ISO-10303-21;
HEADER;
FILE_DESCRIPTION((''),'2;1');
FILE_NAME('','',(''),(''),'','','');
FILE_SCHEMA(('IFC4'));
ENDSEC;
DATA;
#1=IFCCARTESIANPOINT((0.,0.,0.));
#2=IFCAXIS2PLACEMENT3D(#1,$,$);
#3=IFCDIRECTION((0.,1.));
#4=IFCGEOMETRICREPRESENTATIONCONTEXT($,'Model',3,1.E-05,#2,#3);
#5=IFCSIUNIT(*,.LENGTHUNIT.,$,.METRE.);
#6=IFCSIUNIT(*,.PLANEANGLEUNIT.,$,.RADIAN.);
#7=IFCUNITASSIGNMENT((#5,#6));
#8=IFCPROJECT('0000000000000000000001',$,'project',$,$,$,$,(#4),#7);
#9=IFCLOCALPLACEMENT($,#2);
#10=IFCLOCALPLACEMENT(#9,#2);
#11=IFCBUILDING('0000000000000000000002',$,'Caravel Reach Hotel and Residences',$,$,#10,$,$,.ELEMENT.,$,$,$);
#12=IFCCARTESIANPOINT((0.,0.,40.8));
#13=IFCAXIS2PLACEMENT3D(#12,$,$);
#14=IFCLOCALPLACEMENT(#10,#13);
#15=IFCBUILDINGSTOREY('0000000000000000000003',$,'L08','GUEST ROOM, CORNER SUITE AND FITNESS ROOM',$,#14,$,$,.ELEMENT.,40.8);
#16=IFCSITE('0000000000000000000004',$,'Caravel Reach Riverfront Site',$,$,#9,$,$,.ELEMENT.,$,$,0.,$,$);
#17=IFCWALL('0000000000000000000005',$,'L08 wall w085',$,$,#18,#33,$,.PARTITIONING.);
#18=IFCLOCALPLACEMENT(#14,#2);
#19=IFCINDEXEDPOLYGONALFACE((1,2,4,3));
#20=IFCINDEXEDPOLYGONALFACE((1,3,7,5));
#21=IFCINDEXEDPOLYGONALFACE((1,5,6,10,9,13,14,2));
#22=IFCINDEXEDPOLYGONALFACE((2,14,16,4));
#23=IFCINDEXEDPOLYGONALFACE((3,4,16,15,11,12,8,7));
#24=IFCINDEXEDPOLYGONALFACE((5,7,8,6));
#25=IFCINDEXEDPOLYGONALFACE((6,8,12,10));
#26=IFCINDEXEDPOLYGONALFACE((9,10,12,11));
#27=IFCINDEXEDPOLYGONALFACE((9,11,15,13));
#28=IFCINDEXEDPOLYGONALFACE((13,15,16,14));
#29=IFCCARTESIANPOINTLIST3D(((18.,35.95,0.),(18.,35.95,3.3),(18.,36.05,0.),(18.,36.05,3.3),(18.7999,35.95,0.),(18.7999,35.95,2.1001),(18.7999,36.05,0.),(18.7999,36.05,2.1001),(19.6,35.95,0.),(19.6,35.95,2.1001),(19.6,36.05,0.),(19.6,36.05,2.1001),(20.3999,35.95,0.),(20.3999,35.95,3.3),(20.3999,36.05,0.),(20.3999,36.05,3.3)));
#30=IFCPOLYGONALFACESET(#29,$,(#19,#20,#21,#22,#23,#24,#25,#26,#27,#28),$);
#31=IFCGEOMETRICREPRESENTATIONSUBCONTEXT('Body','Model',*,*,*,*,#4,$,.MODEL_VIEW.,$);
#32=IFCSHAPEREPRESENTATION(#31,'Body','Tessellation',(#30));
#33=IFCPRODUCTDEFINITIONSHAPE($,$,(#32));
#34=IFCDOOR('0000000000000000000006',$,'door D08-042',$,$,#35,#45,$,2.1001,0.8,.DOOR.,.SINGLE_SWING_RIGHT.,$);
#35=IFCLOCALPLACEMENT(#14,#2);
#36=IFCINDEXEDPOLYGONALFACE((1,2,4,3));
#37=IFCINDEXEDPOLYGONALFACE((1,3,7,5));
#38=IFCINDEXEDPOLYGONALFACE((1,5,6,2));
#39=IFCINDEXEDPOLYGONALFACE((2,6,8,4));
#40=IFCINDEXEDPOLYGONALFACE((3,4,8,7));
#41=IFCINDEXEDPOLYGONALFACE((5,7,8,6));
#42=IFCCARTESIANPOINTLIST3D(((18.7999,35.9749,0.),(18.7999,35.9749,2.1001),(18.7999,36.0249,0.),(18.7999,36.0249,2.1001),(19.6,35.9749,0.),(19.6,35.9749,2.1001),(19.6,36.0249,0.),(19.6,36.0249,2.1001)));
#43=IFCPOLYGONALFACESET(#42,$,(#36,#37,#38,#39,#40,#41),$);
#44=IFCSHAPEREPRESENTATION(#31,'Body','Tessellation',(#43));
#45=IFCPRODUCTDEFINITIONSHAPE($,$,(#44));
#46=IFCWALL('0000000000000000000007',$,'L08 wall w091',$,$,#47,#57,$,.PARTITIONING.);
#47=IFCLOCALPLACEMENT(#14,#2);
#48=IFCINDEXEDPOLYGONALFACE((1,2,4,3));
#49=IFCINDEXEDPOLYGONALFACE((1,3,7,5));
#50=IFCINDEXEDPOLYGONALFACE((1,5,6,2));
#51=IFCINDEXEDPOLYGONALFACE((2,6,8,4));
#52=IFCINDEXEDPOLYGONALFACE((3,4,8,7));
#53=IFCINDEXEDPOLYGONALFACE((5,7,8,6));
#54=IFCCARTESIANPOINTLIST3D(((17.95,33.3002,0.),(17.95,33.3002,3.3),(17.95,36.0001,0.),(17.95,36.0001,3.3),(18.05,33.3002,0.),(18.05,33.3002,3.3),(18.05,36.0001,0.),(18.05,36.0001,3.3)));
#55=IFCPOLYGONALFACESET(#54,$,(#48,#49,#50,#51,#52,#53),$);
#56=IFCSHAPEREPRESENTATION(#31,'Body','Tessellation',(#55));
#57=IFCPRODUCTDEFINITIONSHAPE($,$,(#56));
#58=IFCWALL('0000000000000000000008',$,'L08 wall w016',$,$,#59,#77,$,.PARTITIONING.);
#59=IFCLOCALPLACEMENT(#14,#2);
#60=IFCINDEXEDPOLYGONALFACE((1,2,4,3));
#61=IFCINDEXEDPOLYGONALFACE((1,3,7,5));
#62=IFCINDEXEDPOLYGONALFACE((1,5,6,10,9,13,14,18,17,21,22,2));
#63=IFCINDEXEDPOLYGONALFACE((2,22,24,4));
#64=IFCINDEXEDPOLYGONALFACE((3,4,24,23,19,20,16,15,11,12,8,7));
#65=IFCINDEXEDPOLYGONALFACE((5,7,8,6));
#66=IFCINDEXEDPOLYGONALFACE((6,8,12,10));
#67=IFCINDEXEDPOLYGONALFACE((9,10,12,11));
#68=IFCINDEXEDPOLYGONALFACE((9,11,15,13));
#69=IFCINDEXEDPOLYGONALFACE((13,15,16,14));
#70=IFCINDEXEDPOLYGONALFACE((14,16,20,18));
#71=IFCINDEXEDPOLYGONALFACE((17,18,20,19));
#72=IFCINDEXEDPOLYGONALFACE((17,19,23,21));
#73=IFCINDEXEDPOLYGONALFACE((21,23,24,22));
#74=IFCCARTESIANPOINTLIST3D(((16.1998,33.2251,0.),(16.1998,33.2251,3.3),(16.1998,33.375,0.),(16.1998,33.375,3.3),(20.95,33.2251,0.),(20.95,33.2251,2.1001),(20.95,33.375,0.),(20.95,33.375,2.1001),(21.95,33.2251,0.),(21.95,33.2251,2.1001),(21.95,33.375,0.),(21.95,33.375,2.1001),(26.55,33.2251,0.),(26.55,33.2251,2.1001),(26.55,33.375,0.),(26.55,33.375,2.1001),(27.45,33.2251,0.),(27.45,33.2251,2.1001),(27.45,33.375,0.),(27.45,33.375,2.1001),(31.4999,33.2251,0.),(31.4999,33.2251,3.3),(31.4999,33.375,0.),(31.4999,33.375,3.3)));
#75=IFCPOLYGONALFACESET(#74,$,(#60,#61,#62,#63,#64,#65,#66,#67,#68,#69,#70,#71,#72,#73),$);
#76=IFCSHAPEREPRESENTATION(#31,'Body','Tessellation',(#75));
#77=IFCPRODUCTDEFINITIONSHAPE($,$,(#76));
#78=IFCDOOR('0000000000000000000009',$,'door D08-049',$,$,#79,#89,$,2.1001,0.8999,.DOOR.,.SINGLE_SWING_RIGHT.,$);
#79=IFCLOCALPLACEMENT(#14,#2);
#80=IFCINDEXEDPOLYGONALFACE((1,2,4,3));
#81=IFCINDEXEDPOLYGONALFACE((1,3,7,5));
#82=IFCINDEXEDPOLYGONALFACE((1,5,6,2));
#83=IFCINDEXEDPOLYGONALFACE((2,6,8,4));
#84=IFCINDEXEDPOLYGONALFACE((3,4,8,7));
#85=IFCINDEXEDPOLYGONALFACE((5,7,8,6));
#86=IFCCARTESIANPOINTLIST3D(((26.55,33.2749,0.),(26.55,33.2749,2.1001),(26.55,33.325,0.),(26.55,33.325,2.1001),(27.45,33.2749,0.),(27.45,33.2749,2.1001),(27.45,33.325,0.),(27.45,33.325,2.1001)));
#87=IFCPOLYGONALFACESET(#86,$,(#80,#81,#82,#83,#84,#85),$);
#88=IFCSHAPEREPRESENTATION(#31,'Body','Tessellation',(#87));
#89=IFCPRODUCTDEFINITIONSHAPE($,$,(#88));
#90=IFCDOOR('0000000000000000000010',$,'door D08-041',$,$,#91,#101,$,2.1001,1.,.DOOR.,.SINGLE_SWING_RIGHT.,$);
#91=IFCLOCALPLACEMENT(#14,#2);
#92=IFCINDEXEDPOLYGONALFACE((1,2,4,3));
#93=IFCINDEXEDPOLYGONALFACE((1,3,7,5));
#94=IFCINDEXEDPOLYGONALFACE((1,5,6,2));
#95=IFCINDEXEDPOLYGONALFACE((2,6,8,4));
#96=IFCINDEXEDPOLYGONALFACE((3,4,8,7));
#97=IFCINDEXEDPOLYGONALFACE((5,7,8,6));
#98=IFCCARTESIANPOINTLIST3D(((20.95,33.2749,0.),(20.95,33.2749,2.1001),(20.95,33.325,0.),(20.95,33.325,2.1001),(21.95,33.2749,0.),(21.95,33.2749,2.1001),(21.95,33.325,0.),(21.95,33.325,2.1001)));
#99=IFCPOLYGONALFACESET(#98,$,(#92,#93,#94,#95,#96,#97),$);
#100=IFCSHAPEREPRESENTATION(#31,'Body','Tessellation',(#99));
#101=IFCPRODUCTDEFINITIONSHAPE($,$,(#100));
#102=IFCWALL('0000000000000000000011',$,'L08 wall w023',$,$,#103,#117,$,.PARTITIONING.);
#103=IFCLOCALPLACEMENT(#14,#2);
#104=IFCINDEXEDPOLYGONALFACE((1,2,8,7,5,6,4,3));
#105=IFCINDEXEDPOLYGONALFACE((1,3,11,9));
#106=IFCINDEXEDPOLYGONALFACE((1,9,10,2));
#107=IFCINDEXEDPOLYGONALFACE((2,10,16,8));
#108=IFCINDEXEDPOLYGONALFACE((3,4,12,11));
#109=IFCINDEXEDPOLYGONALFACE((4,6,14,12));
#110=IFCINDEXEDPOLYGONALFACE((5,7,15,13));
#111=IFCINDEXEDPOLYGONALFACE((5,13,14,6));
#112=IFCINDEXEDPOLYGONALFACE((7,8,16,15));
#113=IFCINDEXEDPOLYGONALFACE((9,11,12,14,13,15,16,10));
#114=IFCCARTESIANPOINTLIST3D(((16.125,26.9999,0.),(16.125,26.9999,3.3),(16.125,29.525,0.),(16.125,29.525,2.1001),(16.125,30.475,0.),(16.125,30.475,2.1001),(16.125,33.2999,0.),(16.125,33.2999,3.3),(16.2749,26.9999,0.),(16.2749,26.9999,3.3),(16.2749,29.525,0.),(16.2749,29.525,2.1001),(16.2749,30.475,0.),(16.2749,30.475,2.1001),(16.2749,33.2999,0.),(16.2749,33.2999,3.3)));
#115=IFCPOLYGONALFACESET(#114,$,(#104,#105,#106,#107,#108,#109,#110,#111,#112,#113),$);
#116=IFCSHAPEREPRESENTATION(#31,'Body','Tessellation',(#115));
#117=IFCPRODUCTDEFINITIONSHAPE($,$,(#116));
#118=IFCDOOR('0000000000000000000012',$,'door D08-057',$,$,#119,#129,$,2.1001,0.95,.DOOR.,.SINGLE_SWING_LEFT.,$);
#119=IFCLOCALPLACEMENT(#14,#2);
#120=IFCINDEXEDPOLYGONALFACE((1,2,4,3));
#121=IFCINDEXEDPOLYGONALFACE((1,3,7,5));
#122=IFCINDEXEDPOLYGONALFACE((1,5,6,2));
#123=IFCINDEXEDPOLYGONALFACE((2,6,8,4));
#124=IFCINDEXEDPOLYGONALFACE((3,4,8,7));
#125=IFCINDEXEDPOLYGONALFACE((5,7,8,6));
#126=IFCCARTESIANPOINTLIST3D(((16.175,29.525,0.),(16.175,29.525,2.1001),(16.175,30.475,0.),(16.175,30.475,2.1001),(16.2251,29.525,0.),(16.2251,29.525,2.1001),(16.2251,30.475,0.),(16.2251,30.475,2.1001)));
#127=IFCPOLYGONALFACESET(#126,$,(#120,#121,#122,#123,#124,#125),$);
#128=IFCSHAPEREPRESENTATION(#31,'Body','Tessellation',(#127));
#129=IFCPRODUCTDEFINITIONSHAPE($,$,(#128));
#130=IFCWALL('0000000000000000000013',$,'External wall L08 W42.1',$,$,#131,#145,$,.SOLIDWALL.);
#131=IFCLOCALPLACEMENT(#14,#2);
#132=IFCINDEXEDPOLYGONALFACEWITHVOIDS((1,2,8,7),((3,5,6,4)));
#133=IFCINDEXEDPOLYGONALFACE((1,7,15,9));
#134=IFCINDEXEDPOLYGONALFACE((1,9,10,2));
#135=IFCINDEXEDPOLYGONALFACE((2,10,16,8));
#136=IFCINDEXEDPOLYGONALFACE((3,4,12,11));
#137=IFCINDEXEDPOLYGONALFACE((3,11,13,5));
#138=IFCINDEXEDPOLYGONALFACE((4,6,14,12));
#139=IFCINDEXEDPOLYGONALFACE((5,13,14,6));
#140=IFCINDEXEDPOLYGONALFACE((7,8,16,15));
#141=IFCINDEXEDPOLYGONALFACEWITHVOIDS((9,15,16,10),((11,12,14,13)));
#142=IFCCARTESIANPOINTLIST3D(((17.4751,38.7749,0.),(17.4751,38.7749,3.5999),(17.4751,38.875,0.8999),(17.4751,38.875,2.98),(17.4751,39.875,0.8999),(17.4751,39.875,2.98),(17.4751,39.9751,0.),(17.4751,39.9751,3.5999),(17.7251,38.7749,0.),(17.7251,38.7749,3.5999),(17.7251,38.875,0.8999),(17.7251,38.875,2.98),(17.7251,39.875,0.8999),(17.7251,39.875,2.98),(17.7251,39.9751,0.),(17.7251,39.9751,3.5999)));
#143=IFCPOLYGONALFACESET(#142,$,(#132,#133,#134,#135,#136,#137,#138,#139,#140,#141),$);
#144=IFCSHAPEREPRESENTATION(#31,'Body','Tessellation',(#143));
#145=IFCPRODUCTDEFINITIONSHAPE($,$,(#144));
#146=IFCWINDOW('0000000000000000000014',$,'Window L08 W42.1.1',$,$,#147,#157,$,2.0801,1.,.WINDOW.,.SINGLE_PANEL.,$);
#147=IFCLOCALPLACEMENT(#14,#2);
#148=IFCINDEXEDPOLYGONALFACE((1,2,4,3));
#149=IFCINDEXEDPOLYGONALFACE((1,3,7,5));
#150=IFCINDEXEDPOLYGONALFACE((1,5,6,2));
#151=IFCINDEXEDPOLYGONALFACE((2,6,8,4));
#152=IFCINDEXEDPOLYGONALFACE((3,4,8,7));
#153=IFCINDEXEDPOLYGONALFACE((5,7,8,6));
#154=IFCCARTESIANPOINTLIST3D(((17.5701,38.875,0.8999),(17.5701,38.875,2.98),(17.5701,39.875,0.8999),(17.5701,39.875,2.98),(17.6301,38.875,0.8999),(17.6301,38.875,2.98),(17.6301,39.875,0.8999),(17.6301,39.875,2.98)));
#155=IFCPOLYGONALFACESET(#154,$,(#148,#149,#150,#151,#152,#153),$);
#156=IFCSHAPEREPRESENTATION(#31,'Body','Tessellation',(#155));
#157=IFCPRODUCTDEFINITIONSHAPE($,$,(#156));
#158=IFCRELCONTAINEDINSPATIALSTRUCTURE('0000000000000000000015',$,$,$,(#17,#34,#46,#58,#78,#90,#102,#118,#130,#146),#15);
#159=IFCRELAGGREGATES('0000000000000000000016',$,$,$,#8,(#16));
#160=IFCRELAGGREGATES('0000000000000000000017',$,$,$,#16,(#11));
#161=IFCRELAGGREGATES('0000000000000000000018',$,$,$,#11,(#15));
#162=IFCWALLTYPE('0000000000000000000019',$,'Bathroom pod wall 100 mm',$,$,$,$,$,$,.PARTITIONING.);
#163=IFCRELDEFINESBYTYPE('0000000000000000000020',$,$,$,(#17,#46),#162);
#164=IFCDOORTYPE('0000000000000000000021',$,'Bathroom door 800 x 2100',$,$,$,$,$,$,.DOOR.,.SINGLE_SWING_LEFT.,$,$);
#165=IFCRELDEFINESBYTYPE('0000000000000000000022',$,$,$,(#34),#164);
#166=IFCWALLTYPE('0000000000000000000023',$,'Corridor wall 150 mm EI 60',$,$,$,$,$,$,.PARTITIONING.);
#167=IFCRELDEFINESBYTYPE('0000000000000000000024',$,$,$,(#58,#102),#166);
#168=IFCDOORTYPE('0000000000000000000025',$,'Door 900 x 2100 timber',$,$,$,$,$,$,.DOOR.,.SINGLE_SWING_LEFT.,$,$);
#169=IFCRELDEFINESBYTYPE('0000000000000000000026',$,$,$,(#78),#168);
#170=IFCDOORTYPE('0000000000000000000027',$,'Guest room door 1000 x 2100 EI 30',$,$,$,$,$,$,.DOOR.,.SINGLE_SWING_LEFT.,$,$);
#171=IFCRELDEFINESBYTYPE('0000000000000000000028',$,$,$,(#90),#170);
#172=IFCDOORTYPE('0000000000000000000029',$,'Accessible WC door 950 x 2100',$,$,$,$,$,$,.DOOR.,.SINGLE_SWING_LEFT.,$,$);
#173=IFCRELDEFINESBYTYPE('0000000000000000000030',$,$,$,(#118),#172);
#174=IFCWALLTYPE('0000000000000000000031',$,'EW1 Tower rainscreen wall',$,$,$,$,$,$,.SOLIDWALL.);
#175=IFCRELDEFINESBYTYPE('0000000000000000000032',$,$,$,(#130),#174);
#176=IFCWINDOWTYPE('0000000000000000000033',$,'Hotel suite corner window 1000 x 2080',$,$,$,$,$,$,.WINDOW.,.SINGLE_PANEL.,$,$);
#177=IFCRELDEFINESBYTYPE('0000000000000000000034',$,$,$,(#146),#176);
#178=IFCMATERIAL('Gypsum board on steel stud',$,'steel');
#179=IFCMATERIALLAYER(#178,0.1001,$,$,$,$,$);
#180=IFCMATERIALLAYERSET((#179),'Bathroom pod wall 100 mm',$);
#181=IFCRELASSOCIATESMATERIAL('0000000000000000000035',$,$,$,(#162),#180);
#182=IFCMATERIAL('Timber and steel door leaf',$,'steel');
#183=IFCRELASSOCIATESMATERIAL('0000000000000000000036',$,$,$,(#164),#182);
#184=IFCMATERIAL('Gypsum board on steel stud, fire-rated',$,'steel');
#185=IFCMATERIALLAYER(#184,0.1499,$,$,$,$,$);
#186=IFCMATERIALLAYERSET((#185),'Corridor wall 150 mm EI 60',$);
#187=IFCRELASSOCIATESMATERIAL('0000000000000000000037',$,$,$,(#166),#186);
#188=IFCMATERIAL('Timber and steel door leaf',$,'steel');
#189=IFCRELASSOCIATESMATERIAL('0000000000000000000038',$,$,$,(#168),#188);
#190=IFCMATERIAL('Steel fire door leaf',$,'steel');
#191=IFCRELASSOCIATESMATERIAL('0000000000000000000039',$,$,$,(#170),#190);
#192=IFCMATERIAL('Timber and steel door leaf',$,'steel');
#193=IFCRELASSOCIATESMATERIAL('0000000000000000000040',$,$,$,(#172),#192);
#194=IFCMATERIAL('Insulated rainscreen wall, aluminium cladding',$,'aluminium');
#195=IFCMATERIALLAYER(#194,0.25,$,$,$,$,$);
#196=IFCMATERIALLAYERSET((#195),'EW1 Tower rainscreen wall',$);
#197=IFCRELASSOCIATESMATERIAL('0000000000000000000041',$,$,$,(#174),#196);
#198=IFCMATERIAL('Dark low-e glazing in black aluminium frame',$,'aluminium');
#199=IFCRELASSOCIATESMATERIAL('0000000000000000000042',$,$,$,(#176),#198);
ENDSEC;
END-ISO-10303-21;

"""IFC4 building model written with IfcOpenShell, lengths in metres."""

from ifc_helpers import new_model, si_unit, direction, frame, frame_2d, origin, place, context, subcontext, project, spatial, rectangle, extrude, material, layer, layer_set, type_object, element, fill, save


model = new_model("IFC4")

# Units and contexts
model_context = context("Model", 3, precision=1e-05, world=origin(), true_north=direction((0.0, 1.0)))
body_context = subcontext(model_context, "Body", "Model", "MODEL_VIEW")
ifc_project = project(units=[si_unit("LENGTHUNIT", "METRE"), si_unit("PLANEANGLEUNIT", "RADIAN")], contexts=[model_context])

# Site, building, storey
site_placement = place(None, origin())
site = spatial("IfcSite", under=ifc_project, at=site_placement, Name="Caravel Reach Riverfront Site", CompositionType="ELEMENT", RefElevation=0.0)
building_placement = place(site_placement, origin())
building = spatial("IfcBuilding", under=site, at=building_placement, Name="Caravel Reach Hotel and Residences", CompositionType="ELEMENT")
storey_placement = place(building_placement, frame((0.0, 0.0, 40.8)))
storey = spatial("IfcBuildingStorey", under=building, at=storey_placement, Name="L08", Description="GUEST ROOM, CORNER SUITE AND FITNESS ROOM", CompositionType="ELEMENT", Elevation=40.8)

# Wall, opening, door
ifc_material_1 = material(Name="Gypsum board on steel stud", Category="steel")
ifc_layer_1 = layer(ifc_material_1, 0.1001)
ifc_layer_set_1 = layer_set([ifc_layer_1], Name="Bathroom pod wall 100 mm")
wall_type_1 = type_object("IfcWallType", Name="Bathroom pod wall 100 mm", PredefinedType="PARTITIONING", material=ifc_layer_set_1)
wall_1_placement = place(storey_placement, frame((18.0, 36.0, 0.0), z_axis=(0.0, 0.0, 1.0), x_axis=(1.0, 0.0, 0.0)))
wall_1 = element("IfcWall", 1, at=wall_1_placement, inside=storey, type_object=wall_type_1, Name="L08 wall w085", PredefinedType="PARTITIONING", context=body_context, shape_type="SweptSolid", body=[
    extrude(rectangle(XDim=2.3999, YDim=0.1001, at=frame_2d((1.2, 0.0))), origin(), (0.0, 0.0, 1.0), 3.3),
])
opening_1_placement = place(wall_1_placement, frame((0.8, 0.0, 0.0)))
opening_1 = element("IfcOpeningElement", 2, at=opening_1_placement, cuts=wall_1, PredefinedType="OPENING", context=body_context, shape_type="SweptSolid", body=[
    extrude(rectangle(XDim=0.8, YDim=2.1001, at=frame_2d((0.3999, 1.05))), frame((0.0, 0.0601, 0.0), z_axis=(0.0, -1.0, 0.0), x_axis=(1.0, 0.0, 0.0)), (0.0, 0.0, 1.0), 0.1201),
])
ifc_material_2 = material(Name="Timber and steel door leaf", Category="steel")
door_type_1 = type_object("IfcDoorType", Name="Bathroom door 800 x 2100", OperationType="SINGLE_SWING_LEFT", PredefinedType="DOOR", material=ifc_material_2)
door_1_placement = place(opening_1_placement, origin())
door_1 = element("IfcDoor", 3, at=door_1_placement, inside=storey, type_object=door_type_1, Name="door D08-042", OperationType="SINGLE_SWING_RIGHT", OverallHeight=2.1001, OverallWidth=0.8, PredefinedType="DOOR", context=body_context, shape_type="SweptSolid", body=[
    extrude(rectangle(XDim=0.8, YDim=2.1001, at=frame_2d((0.3999, 1.05))), frame((0.0, 0.0249, 0.0), z_axis=(0.0, -1.0, 0.0), x_axis=(1.0, 0.0, 0.0)), (0.0, 0.0, 1.0), 0.05),
])
fill(opening_1, door_1)

# Wall
wall_2_placement = place(storey_placement, frame((18.0, 33.3, 0.0), z_axis=(0.0, 0.0, 1.0), x_axis=(0.0, 1.0, 0.0)))
element("IfcWall", 4, at=wall_2_placement, inside=storey, type_object=wall_type_1, Name="L08 wall w091", PredefinedType="PARTITIONING", context=body_context, shape_type="SweptSolid", body=[
    extrude(rectangle(XDim=2.7, YDim=0.1001, at=frame_2d((1.3501, 0.0))), origin(), (0.0, 0.0, 1.0), 3.3),
])

# Wall, openings, doors
ifc_material_3 = material(Name="Gypsum board on steel stud, fire-rated", Category="steel")
ifc_layer_2 = layer(ifc_material_3, 0.1499)
ifc_layer_set_2 = layer_set([ifc_layer_2], Name="Corridor wall 150 mm EI 60")
wall_type_2 = type_object("IfcWallType", Name="Corridor wall 150 mm EI 60", PredefinedType="PARTITIONING", material=ifc_layer_set_2)
wall_3_placement = place(storey_placement, frame((16.2, 33.3, 0.0), z_axis=(0.0, 0.0, 1.0), x_axis=(1.0, 0.0, 0.0)))
wall_3 = element("IfcWall", 5, at=wall_3_placement, inside=storey, type_object=wall_type_2, Name="L08 wall w016", PredefinedType="PARTITIONING", context=body_context, shape_type="SweptSolid", body=[
    extrude(rectangle(XDim=15.3, YDim=0.1499, at=frame_2d((7.6499, 0.0))), origin(), (0.0, 0.0, 1.0), 3.3),
])
opening_2_placement = place(wall_3_placement, frame((4.75, 0.0, 0.0)))
opening_2 = element("IfcOpeningElement", 6, at=opening_2_placement, cuts=wall_3, PredefinedType="OPENING", context=body_context, shape_type="SweptSolid", body=[
    extrude(rectangle(XDim=1.0, YDim=2.1001, at=frame_2d((0.5, 1.05))), frame((0.0, 0.085, 0.0), z_axis=(0.0, -1.0, 0.0), x_axis=(1.0, 0.0, 0.0)), (0.0, 0.0, 1.0), 0.1699),
])
opening_3_placement = place(wall_3_placement, frame((10.3501, 0.0, 0.0)))
opening_3 = element("IfcOpeningElement", 7, at=opening_3_placement, cuts=wall_3, PredefinedType="OPENING", context=body_context, shape_type="SweptSolid", body=[
    extrude(rectangle(XDim=0.8999, YDim=2.1001, at=frame_2d((0.45, 1.05))), frame((0.0, 0.085, 0.0), z_axis=(0.0, -1.0, 0.0), x_axis=(1.0, 0.0, 0.0)), (0.0, 0.0, 1.0), 0.1699),
])
ifc_material_4 = material(Name="Timber and steel door leaf", Category="steel")
door_type_2 = type_object("IfcDoorType", Name="Door 900 x 2100 timber", OperationType="SINGLE_SWING_LEFT", PredefinedType="DOOR", material=ifc_material_4)
door_2_placement = place(opening_3_placement, origin())
door_2 = element("IfcDoor", 8, at=door_2_placement, inside=storey, type_object=door_type_2, Name="door D08-049", OperationType="SINGLE_SWING_RIGHT", OverallHeight=2.1001, OverallWidth=0.8999, PredefinedType="DOOR", context=body_context, shape_type="SweptSolid", body=[
    extrude(rectangle(XDim=0.8999, YDim=2.1001, at=frame_2d((0.45, 1.05))), frame((0.0, 0.0249, 0.0), z_axis=(0.0, -1.0, 0.0), x_axis=(1.0, 0.0, 0.0)), (0.0, 0.0, 1.0), 0.05),
])
fill(opening_3, door_2)
ifc_material_5 = material(Name="Steel fire door leaf", Category="steel")
door_type_3 = type_object("IfcDoorType", Name="Guest room door 1000 x 2100 EI 30", OperationType="SINGLE_SWING_LEFT", PredefinedType="DOOR", material=ifc_material_5)
door_3_placement = place(opening_2_placement, origin())
door_3 = element("IfcDoor", 9, at=door_3_placement, inside=storey, type_object=door_type_3, Name="door D08-041", OperationType="SINGLE_SWING_RIGHT", OverallHeight=2.1001, OverallWidth=1.0, PredefinedType="DOOR", context=body_context, shape_type="SweptSolid", body=[
    extrude(rectangle(XDim=1.0, YDim=2.1001, at=frame_2d((0.5, 1.05))), frame((0.0, 0.0249, 0.0), z_axis=(0.0, -1.0, 0.0), x_axis=(1.0, 0.0, 0.0)), (0.0, 0.0, 1.0), 0.05),
])
fill(opening_2, door_3)

# Wall, opening, door
wall_4_placement = place(storey_placement, frame((16.2, 27.0, 0.0), z_axis=(0.0, 0.0, 1.0), x_axis=(0.0, 1.0, 0.0)))
wall_4 = element("IfcWall", 10, at=wall_4_placement, inside=storey, type_object=wall_type_2, Name="L08 wall w023", PredefinedType="PARTITIONING", context=body_context, shape_type="SweptSolid", body=[
    extrude(rectangle(XDim=6.3, YDim=0.1499, at=frame_2d((3.1499, 0.0))), origin(), (0.0, 0.0, 1.0), 3.3),
])
opening_4_placement = place(wall_4_placement, frame((2.5249, 0.0, 0.0)))
opening_4 = element("IfcOpeningElement", 11, at=opening_4_placement, cuts=wall_4, PredefinedType="OPENING", context=body_context, shape_type="SweptSolid", body=[
    extrude(rectangle(XDim=0.95, YDim=2.1001, at=frame_2d((0.4751, 1.05))), frame((0.0, 0.085, 0.0), z_axis=(0.0, -1.0, 0.0), x_axis=(1.0, 0.0, 0.0)), (0.0, 0.0, 1.0), 0.1699),
])
ifc_material_6 = material(Name="Timber and steel door leaf", Category="steel")
door_type_4 = type_object("IfcDoorType", Name="Accessible WC door 950 x 2100", OperationType="SINGLE_SWING_LEFT", PredefinedType="DOOR", material=ifc_material_6)
door_4_placement = place(opening_4_placement, origin())
door_4 = element("IfcDoor", 12, at=door_4_placement, inside=storey, type_object=door_type_4, Name="door D08-057", OperationType="SINGLE_SWING_LEFT", OverallHeight=2.1001, OverallWidth=0.95, PredefinedType="DOOR", context=body_context, shape_type="SweptSolid", body=[
    extrude(rectangle(XDim=0.95, YDim=2.1001, at=frame_2d((0.4751, 1.05))), frame((0.0, 0.0249, 0.0), z_axis=(0.0, -1.0, 0.0), x_axis=(1.0, 0.0, 0.0)), (0.0, 0.0, 1.0), 0.05),
])
fill(opening_4, door_4)

# Wall, opening, window
ifc_material_7 = material(Name="Insulated rainscreen wall, aluminium cladding", Category="aluminium")
ifc_layer_3 = layer(ifc_material_7, 0.25)
ifc_layer_set_3 = layer_set([ifc_layer_3], Name="EW1 Tower rainscreen wall")
wall_type_3 = type_object("IfcWallType", Name="EW1 Tower rainscreen wall", PredefinedType="SOLIDWALL", material=ifc_layer_set_3)
wall_5_placement = place(storey_placement, frame((17.6001, 39.9751, 0.0), z_axis=(0.0, 0.0, 1.0), x_axis=(0.0, -1.0, 0.0)))
wall_5 = element("IfcWall", 13, at=wall_5_placement, inside=storey, type_object=wall_type_3, Name="External wall L08 W42.1", PredefinedType="SOLIDWALL", context=body_context, shape_type="SweptSolid", body=[
    extrude(rectangle(XDim=1.2002, YDim=0.25, at=frame_2d((0.6001, 0.0))), origin(), (0.0, 0.0, 1.0), 3.5999),
])
opening_5_placement = place(wall_5_placement, frame((0.1001, 0.0, 0.8999)))
opening_5 = element("IfcOpeningElement", 14, at=opening_5_placement, cuts=wall_5, PredefinedType="OPENING", context=body_context, shape_type="SweptSolid", body=[
    extrude(rectangle(XDim=1.0, YDim=2.0801, at=frame_2d((0.5, 1.04))), frame((0.0, 0.135, 0.0), z_axis=(0.0, -1.0, 0.0), x_axis=(1.0, 0.0, 0.0)), (0.0, 0.0, 1.0), 0.27),
])
ifc_material_8 = material(Name="Dark low-e glazing in black aluminium frame", Category="aluminium")
window_type = type_object("IfcWindowType", Name="Hotel suite corner window 1000 x 2080", PartitioningType="SINGLE_PANEL", PredefinedType="WINDOW", material=ifc_material_8)
window_1_placement = place(opening_5_placement, origin())
window_1 = element("IfcWindow", 15, at=window_1_placement, inside=storey, type_object=window_type, Name="Window L08 W42.1.1", OverallHeight=2.0801, OverallWidth=1.0, PartitioningType="SINGLE_PANEL", PredefinedType="WINDOW", context=body_context, shape_type="SweptSolid", body=[
    extrude(rectangle(XDim=1.0, YDim=2.0801, at=frame_2d((0.5, 1.04))), frame((0.0, 0.03, 0.0), z_axis=(0.0, -1.0, 0.0), x_axis=(1.0, 0.0, 0.0)), (0.0, 0.0, 1.0), 0.0601),
])
fill(opening_5, window_1)

save(model, "model.ifc")
